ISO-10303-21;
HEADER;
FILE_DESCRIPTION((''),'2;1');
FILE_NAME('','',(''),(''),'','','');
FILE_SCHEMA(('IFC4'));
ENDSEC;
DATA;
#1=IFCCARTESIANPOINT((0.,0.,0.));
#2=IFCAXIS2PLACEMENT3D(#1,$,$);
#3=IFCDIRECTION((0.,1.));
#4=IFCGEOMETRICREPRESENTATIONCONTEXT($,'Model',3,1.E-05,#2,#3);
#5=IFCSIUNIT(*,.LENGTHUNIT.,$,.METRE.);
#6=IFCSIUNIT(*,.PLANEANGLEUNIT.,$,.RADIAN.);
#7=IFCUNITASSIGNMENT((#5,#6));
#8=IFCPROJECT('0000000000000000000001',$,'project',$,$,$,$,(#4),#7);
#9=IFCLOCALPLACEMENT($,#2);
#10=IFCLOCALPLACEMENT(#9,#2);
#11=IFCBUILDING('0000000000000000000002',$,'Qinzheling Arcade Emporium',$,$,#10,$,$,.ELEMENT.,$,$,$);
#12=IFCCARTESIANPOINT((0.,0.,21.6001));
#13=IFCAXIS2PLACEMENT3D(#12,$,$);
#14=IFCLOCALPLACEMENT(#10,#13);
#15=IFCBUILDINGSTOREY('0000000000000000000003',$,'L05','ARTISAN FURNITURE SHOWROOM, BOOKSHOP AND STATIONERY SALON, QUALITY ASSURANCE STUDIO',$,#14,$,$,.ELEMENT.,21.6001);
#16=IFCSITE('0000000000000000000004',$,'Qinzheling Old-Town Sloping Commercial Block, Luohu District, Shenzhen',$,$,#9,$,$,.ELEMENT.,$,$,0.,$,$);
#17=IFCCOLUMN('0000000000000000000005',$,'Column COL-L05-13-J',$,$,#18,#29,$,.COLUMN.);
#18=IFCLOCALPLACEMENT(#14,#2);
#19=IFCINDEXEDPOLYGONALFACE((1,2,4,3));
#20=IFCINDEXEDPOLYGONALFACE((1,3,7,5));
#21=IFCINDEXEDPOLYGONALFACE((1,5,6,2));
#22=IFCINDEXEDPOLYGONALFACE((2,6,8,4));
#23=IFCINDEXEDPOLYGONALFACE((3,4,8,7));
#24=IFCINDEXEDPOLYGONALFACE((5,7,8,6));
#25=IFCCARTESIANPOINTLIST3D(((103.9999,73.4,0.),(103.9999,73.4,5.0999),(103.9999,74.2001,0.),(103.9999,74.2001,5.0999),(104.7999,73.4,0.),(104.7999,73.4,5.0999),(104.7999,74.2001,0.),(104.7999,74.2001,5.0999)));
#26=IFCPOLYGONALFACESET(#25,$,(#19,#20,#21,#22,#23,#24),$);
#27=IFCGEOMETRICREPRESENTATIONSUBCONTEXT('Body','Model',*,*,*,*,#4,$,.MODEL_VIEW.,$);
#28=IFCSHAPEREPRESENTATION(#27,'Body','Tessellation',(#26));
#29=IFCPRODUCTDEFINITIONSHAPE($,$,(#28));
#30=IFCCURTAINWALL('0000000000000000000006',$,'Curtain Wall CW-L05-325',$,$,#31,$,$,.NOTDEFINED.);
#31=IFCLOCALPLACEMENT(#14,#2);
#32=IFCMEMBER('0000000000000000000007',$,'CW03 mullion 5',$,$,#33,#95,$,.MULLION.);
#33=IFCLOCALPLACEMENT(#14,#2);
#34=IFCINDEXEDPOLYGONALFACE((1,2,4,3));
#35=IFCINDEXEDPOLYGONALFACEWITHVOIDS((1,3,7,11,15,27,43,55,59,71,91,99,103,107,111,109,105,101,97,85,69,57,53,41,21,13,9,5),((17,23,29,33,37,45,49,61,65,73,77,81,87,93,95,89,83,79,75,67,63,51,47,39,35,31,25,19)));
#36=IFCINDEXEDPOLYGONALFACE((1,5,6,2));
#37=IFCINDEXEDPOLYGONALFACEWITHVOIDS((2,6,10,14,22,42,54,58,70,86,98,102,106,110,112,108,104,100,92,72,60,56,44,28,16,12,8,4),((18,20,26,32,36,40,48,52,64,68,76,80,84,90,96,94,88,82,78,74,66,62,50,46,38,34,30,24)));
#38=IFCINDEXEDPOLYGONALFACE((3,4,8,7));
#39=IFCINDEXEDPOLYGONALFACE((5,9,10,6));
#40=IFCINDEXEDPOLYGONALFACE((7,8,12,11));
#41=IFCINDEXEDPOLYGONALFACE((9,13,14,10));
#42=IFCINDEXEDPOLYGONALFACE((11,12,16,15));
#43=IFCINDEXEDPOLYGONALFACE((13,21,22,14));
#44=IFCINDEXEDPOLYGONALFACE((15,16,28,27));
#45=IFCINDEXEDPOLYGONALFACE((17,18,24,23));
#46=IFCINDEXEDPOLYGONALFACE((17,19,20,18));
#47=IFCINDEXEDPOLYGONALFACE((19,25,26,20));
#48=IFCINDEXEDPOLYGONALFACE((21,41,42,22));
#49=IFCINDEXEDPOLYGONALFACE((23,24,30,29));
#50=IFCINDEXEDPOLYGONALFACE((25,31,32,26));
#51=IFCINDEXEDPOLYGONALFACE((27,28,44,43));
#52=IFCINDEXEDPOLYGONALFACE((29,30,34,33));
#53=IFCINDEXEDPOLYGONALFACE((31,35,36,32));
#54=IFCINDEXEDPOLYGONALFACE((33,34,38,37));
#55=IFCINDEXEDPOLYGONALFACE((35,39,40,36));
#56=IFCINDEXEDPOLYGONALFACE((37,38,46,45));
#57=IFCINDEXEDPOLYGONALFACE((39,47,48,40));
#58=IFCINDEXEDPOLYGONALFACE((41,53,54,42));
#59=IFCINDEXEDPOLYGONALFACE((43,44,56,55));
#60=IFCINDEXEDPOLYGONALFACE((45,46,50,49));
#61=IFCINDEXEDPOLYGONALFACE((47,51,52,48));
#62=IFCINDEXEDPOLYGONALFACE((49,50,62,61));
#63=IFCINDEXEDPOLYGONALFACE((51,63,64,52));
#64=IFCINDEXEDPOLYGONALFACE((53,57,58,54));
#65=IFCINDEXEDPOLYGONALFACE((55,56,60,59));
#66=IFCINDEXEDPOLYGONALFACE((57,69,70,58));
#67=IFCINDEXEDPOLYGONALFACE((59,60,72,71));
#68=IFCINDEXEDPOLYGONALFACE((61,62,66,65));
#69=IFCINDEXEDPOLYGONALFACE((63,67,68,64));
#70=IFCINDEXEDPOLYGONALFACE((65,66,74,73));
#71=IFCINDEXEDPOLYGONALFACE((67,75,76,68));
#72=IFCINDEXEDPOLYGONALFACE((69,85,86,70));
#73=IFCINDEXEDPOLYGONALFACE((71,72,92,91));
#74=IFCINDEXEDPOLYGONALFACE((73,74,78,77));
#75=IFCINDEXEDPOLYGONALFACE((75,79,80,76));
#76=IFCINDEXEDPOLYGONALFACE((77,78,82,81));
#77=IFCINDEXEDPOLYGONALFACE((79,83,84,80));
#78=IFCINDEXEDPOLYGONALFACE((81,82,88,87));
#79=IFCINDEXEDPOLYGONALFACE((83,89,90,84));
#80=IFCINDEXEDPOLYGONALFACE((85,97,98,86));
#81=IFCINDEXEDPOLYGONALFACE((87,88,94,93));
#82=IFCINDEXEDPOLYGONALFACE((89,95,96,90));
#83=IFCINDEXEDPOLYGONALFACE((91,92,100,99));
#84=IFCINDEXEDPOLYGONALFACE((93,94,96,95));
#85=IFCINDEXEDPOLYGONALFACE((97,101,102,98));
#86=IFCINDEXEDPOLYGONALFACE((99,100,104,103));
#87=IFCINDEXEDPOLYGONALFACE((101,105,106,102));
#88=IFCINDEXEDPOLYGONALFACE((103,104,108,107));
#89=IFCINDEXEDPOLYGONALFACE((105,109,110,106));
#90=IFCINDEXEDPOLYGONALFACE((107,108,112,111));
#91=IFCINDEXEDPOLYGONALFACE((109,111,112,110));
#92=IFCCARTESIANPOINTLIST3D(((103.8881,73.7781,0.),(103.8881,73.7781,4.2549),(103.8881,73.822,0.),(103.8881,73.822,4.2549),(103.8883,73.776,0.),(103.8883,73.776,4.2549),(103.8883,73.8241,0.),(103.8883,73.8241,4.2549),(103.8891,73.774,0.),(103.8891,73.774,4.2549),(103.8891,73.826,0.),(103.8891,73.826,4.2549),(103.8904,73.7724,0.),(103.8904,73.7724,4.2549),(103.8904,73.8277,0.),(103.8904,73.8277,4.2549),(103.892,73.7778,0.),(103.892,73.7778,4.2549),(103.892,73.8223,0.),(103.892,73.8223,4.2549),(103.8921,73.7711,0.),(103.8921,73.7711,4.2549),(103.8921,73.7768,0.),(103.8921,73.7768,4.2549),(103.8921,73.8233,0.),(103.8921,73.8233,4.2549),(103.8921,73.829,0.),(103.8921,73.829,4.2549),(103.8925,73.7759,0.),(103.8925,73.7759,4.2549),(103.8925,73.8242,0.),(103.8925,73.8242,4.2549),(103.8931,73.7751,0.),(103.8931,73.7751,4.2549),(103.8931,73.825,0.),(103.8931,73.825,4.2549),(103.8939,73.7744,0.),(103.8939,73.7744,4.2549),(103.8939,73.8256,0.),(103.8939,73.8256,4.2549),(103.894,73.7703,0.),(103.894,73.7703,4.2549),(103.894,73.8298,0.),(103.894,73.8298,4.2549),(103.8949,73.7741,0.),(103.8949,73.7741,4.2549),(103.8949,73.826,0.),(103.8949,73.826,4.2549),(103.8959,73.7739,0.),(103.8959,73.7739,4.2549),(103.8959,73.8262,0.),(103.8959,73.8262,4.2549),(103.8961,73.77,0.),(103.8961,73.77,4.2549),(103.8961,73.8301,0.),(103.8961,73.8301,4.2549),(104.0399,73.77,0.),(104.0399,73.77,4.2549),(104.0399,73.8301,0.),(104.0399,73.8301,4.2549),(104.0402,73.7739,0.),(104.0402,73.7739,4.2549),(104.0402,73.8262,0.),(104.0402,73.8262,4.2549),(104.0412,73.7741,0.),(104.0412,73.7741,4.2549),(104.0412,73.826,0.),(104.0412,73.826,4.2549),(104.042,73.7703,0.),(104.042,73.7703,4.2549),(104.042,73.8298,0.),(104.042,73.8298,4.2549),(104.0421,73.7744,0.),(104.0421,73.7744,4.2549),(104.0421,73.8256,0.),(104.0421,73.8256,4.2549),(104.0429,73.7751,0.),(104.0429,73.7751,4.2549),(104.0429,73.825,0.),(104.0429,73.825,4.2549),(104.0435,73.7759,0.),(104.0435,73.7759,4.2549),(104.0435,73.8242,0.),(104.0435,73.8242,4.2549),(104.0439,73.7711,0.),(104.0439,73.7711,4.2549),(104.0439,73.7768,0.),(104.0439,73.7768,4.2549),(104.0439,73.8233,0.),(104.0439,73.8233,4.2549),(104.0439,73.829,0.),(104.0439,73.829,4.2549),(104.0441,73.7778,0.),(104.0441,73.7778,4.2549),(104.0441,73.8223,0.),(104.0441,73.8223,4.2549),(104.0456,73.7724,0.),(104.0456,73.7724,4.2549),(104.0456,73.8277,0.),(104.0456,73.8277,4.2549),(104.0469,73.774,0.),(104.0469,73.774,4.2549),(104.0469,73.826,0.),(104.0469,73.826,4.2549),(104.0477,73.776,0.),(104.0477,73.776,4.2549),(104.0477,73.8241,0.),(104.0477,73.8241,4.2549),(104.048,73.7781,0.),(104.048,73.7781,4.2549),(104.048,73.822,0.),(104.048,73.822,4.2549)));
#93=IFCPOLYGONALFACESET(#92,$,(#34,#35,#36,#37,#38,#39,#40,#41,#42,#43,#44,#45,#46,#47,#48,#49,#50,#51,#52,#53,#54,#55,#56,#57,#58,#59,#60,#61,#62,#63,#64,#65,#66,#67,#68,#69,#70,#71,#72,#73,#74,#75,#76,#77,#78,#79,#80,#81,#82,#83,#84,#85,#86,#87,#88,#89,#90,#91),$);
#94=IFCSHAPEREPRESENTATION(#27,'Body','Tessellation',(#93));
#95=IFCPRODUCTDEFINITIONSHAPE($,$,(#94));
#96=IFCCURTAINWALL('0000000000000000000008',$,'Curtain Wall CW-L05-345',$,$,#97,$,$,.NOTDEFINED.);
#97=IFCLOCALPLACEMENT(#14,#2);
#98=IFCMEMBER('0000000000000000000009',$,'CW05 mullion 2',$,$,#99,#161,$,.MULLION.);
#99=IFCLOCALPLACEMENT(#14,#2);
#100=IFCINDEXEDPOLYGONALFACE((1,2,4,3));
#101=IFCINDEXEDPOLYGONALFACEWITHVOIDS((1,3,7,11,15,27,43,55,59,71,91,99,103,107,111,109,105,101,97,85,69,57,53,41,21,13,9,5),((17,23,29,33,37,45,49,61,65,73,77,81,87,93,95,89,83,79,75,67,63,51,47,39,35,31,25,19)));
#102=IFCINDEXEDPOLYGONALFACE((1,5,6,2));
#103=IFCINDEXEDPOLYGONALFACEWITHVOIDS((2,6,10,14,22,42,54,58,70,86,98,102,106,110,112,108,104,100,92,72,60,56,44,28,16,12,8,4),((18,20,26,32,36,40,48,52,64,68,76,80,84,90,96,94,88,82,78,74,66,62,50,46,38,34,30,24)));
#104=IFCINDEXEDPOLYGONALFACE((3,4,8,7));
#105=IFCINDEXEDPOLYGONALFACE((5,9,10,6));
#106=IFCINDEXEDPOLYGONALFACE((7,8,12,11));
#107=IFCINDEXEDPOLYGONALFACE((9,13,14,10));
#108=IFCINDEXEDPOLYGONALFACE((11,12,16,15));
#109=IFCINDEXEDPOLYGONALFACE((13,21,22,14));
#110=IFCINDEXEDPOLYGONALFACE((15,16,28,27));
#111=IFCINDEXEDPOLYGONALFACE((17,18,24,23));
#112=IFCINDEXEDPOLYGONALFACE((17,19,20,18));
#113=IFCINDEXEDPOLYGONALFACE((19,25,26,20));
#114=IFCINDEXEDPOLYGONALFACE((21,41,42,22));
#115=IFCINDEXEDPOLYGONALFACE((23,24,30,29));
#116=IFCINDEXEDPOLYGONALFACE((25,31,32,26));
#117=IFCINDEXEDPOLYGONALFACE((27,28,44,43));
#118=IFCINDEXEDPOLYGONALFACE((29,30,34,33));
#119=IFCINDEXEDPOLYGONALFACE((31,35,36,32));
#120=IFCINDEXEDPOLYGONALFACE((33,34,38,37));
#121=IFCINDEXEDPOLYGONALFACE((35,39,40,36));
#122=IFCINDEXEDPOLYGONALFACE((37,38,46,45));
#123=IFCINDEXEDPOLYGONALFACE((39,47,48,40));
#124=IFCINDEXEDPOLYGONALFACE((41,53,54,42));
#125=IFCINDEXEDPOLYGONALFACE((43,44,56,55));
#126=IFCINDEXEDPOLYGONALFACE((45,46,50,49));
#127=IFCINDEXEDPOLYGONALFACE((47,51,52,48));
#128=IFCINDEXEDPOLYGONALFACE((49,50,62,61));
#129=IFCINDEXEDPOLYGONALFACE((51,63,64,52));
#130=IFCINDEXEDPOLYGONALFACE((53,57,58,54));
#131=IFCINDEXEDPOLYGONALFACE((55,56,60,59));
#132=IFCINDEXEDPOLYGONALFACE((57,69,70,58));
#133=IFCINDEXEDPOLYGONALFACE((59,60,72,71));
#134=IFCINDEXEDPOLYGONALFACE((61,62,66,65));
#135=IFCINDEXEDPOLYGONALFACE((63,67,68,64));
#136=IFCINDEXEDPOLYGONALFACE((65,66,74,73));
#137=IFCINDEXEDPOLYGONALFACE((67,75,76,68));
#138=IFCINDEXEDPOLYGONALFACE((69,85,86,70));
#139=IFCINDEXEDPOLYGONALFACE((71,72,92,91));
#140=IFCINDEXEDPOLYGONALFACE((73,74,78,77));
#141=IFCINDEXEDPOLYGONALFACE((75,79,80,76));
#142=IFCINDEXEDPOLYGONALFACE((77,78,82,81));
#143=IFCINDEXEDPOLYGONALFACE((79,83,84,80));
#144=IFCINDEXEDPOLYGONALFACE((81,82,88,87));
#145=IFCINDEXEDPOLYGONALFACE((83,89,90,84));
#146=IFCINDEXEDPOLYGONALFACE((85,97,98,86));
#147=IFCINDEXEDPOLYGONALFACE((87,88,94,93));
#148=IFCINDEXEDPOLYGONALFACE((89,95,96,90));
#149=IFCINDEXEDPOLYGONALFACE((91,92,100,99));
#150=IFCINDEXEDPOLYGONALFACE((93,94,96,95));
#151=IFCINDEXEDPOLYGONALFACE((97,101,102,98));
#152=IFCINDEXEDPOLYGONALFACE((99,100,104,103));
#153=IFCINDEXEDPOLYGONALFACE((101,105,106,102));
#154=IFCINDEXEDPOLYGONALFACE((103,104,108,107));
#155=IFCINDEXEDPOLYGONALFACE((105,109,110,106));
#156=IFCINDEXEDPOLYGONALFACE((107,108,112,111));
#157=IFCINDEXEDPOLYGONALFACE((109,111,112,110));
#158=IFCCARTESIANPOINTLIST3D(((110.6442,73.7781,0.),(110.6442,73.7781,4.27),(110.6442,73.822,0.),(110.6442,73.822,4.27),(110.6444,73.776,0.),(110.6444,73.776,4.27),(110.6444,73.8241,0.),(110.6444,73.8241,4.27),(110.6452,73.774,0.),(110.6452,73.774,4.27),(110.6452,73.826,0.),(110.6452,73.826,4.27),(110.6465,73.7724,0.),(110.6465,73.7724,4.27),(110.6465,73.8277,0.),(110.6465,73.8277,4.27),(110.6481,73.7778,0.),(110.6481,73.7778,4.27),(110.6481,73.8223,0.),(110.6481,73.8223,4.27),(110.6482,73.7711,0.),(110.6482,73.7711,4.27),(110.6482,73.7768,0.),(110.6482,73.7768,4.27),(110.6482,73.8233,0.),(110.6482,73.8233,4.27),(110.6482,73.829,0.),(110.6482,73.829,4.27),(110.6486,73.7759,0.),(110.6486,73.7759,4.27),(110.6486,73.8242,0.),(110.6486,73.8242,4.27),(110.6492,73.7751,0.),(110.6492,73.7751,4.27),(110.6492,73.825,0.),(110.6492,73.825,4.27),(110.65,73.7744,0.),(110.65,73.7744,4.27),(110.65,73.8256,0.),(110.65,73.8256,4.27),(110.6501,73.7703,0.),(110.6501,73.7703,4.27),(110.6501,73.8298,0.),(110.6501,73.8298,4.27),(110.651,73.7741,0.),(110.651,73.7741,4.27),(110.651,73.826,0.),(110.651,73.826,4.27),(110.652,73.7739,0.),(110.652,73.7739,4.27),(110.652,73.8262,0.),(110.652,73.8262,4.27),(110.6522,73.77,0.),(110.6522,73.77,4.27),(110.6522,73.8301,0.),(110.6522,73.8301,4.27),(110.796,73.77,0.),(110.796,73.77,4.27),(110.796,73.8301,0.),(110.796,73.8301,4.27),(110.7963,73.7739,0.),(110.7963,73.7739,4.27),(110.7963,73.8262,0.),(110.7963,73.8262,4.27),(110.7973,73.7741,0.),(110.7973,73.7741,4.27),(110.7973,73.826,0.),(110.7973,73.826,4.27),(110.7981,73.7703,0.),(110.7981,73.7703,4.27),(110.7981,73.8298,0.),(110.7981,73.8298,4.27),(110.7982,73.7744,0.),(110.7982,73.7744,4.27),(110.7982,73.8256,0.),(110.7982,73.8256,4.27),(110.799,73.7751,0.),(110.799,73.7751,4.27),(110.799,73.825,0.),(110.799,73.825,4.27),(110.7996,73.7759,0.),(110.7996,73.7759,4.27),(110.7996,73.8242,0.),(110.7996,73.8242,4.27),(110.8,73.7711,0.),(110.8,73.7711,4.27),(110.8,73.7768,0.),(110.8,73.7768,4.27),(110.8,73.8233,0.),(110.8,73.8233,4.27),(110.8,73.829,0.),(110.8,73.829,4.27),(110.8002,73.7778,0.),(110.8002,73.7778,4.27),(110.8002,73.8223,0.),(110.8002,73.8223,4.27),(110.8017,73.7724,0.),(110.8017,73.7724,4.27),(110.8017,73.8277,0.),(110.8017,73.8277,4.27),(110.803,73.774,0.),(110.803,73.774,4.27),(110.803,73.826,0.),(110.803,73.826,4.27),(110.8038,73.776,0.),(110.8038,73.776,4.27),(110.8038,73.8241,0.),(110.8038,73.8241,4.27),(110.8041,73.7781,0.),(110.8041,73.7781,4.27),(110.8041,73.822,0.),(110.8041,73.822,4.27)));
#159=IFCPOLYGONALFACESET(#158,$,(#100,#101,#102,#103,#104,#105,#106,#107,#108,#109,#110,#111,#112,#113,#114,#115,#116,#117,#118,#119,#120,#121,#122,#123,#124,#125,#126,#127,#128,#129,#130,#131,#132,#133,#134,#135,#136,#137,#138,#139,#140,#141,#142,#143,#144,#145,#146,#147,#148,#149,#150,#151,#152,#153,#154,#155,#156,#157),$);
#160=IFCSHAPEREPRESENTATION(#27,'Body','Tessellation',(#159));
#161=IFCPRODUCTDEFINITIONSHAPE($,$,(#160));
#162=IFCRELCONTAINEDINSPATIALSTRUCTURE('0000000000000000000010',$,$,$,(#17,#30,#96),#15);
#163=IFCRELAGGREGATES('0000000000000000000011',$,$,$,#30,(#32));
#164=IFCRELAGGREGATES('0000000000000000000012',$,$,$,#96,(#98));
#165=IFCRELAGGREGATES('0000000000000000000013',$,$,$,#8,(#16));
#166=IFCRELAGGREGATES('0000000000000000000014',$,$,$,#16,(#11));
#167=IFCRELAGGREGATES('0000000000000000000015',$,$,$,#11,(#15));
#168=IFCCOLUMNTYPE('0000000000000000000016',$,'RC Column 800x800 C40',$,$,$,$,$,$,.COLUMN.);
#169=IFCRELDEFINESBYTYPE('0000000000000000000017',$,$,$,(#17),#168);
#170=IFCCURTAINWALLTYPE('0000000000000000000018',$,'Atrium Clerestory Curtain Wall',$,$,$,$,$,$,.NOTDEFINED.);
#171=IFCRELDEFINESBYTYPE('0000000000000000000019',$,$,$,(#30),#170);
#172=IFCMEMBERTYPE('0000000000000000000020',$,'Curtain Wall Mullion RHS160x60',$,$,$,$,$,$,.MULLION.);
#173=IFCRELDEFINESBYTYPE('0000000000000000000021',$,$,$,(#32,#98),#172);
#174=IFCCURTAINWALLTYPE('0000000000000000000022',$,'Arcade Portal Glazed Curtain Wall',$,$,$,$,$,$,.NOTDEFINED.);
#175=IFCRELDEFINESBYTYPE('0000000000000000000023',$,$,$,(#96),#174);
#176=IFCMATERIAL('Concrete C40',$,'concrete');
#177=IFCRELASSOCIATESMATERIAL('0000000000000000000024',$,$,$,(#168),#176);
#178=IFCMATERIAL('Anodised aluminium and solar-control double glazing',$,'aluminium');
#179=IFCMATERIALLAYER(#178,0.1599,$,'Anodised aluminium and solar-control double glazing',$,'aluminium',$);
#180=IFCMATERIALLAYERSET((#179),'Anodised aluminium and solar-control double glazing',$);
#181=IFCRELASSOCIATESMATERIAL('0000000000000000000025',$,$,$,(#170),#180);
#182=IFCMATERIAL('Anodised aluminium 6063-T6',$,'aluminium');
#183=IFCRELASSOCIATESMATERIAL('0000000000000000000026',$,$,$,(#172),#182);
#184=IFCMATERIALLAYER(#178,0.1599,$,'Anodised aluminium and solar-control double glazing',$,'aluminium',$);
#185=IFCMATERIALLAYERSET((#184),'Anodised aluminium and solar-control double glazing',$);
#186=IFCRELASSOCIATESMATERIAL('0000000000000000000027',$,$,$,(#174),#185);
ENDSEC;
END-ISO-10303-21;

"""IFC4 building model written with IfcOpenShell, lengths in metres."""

from ifc_helpers import new_model, si_unit, direction, frame, origin, origin_2d, place, context, subcontext, project, spatial, rectangle, hollow_rectangle, extrude, material, layer, layer_set, material_profile, profile_set, type_object, element, aggregate, save


model = new_model("IFC4")

# Units and contexts
model_context = context("Model", 3, precision=1e-05, world=origin(), true_north=direction((0.0, 1.0)))
body_context = subcontext(model_context, "Body", "Model", "MODEL_VIEW")
ifc_project = project(units=[si_unit("LENGTHUNIT", "METRE"), si_unit("PLANEANGLEUNIT", "RADIAN")], contexts=[model_context])

# Site, building, storey
site_placement = place(None, origin())
site = spatial("IfcSite", under=ifc_project, at=site_placement, Name="Qinzheling Old-Town Sloping Commercial Block, Luohu District, Shenzhen", CompositionType="ELEMENT", RefElevation=0.0)
building_placement = place(site_placement, origin())
building = spatial("IfcBuilding", under=site, at=building_placement, Name="Qinzheling Arcade Emporium", CompositionType="ELEMENT")
storey_placement = place(building_placement, frame((0.0, 0.0, 21.6001)))
storey = spatial("IfcBuildingStorey", under=building, at=storey_placement, Name="L05", Description="ARTISAN FURNITURE SHOWROOM, BOOKSHOP AND STATIONERY SALON, QUALITY ASSURANCE STUDIO", CompositionType="ELEMENT", Elevation=21.6001)

# Column
ifc_material_1 = material(Name="Concrete C40", Category="concrete")
ifc_material_profile_1 = material_profile(ifc_material_1, rectangle(XDim=0.8, YDim=0.8, at=origin_2d()), Name="RC 800x800", Category="concrete")
ifc_profile_set_1 = profile_set([ifc_material_profile_1], Name="Concrete C40")
column_type = type_object("IfcColumnType", Name="RC Column 800x800 C40", PredefinedType="COLUMN", material=ifc_profile_set_1)
column_placement = place(storey_placement, frame((104.3999, 73.8, 0.0), z_axis=(0.0, 0.0, 1.0), x_axis=(1.0, 0.0, 0.0)))
element("IfcColumn", 1, at=column_placement, inside=storey, type_object=column_type, Name="Column COL-L05-13-J", PredefinedType="COLUMN", context=body_context, shape_type="SweptSolid", body=[
    extrude(rectangle(XDim=0.8, YDim=0.8, at=origin_2d()), origin(), (0.0, 0.0, 1.0), 5.0999),
])

# Curtain wall, member
ifc_material_2 = material(Name="Anodised aluminium and solar-control double glazing", Category="aluminium")
ifc_layer_1 = layer(ifc_material_2, 0.1599, Name="Anodised aluminium and solar-control double glazing", Category="aluminium")
ifc_layer_set_1 = layer_set([ifc_layer_1], Name="Anodised aluminium and solar-control double glazing")
curtain_wall_type_1 = type_object("IfcCurtainWallType", Name="Atrium Clerestory Curtain Wall", PredefinedType="NOTDEFINED", material=ifc_layer_set_1)
curtain_wall_1_placement = place(storey_placement, origin())
curtain_wall_1 = element("IfcCurtainWall", 2, at=curtain_wall_1_placement, inside=storey, type_object=curtain_wall_type_1, Name="Curtain Wall CW-L05-325", PredefinedType="NOTDEFINED")
ifc_material_3 = material(Name="Anodised aluminium 6063-T6", Category="aluminium")
ifc_material_profile_2 = material_profile(ifc_material_3, hollow_rectangle(XDim=0.0601, YDim=0.1599, WallThickness=0.0039, InnerFilletRadius=0.0039, OuterFilletRadius=0.0081, at=origin_2d()), Name="RHS 160x60x4", Category="aluminium")
ifc_profile_set_2 = profile_set([ifc_material_profile_2], Name="Anodised aluminium 6063-T6")
member_type_1 = type_object("IfcMemberType", Name="Curtain Wall Mullion RHS160x60", PredefinedType="MULLION", material=ifc_profile_set_2)
member_1_placement = place(storey_placement, frame((103.968, 73.8, 0.0), z_axis=(0.0, 0.0, 1.0), x_axis=(0.0, 1.0, 0.0)))
member_1 = element("IfcMember", 3, at=member_1_placement, type_object=member_type_1, Name="CW03 mullion 5", PredefinedType="MULLION", context=body_context, shape_type="SweptSolid", body=[
    extrude(hollow_rectangle(XDim=0.0601, YDim=0.1599, WallThickness=0.0039, InnerFilletRadius=0.0039, OuterFilletRadius=0.0081, at=origin_2d()), origin(), (0.0, 0.0, 1.0), 4.2549),
])

# Curtain wall, member
ifc_layer_2 = layer(ifc_material_2, 0.1599, Name="Anodised aluminium and solar-control double glazing", Category="aluminium")
ifc_layer_set_2 = layer_set([ifc_layer_2], Name="Anodised aluminium and solar-control double glazing")
curtain_wall_type_2 = type_object("IfcCurtainWallType", Name="Arcade Portal Glazed Curtain Wall", PredefinedType="NOTDEFINED", material=ifc_layer_set_2)
curtain_wall_2_placement = place(storey_placement, origin())
curtain_wall_2 = element("IfcCurtainWall", 4, at=curtain_wall_2_placement, inside=storey, type_object=curtain_wall_type_2, Name="Curtain Wall CW-L05-345", PredefinedType="NOTDEFINED")
member_2_placement = place(storey_placement, frame((110.7241, 73.8, 0.0), z_axis=(0.0, 0.0, 1.0), x_axis=(0.0, -1.0, 0.0)))
member_2 = element("IfcMember", 5, at=member_2_placement, type_object=member_type_1, Name="CW05 mullion 2", PredefinedType="MULLION", context=body_context, shape_type="SweptSolid", body=[
    extrude(hollow_rectangle(XDim=0.0601, YDim=0.1599, WallThickness=0.0039, InnerFilletRadius=0.0039, OuterFilletRadius=0.0081, at=origin_2d()), origin(), (0.0, 0.0, 1.0), 4.27),
])

aggregate(curtain_wall_1, [member_1])
aggregate(curtain_wall_2, [member_2])

save(model, "model.ifc")
